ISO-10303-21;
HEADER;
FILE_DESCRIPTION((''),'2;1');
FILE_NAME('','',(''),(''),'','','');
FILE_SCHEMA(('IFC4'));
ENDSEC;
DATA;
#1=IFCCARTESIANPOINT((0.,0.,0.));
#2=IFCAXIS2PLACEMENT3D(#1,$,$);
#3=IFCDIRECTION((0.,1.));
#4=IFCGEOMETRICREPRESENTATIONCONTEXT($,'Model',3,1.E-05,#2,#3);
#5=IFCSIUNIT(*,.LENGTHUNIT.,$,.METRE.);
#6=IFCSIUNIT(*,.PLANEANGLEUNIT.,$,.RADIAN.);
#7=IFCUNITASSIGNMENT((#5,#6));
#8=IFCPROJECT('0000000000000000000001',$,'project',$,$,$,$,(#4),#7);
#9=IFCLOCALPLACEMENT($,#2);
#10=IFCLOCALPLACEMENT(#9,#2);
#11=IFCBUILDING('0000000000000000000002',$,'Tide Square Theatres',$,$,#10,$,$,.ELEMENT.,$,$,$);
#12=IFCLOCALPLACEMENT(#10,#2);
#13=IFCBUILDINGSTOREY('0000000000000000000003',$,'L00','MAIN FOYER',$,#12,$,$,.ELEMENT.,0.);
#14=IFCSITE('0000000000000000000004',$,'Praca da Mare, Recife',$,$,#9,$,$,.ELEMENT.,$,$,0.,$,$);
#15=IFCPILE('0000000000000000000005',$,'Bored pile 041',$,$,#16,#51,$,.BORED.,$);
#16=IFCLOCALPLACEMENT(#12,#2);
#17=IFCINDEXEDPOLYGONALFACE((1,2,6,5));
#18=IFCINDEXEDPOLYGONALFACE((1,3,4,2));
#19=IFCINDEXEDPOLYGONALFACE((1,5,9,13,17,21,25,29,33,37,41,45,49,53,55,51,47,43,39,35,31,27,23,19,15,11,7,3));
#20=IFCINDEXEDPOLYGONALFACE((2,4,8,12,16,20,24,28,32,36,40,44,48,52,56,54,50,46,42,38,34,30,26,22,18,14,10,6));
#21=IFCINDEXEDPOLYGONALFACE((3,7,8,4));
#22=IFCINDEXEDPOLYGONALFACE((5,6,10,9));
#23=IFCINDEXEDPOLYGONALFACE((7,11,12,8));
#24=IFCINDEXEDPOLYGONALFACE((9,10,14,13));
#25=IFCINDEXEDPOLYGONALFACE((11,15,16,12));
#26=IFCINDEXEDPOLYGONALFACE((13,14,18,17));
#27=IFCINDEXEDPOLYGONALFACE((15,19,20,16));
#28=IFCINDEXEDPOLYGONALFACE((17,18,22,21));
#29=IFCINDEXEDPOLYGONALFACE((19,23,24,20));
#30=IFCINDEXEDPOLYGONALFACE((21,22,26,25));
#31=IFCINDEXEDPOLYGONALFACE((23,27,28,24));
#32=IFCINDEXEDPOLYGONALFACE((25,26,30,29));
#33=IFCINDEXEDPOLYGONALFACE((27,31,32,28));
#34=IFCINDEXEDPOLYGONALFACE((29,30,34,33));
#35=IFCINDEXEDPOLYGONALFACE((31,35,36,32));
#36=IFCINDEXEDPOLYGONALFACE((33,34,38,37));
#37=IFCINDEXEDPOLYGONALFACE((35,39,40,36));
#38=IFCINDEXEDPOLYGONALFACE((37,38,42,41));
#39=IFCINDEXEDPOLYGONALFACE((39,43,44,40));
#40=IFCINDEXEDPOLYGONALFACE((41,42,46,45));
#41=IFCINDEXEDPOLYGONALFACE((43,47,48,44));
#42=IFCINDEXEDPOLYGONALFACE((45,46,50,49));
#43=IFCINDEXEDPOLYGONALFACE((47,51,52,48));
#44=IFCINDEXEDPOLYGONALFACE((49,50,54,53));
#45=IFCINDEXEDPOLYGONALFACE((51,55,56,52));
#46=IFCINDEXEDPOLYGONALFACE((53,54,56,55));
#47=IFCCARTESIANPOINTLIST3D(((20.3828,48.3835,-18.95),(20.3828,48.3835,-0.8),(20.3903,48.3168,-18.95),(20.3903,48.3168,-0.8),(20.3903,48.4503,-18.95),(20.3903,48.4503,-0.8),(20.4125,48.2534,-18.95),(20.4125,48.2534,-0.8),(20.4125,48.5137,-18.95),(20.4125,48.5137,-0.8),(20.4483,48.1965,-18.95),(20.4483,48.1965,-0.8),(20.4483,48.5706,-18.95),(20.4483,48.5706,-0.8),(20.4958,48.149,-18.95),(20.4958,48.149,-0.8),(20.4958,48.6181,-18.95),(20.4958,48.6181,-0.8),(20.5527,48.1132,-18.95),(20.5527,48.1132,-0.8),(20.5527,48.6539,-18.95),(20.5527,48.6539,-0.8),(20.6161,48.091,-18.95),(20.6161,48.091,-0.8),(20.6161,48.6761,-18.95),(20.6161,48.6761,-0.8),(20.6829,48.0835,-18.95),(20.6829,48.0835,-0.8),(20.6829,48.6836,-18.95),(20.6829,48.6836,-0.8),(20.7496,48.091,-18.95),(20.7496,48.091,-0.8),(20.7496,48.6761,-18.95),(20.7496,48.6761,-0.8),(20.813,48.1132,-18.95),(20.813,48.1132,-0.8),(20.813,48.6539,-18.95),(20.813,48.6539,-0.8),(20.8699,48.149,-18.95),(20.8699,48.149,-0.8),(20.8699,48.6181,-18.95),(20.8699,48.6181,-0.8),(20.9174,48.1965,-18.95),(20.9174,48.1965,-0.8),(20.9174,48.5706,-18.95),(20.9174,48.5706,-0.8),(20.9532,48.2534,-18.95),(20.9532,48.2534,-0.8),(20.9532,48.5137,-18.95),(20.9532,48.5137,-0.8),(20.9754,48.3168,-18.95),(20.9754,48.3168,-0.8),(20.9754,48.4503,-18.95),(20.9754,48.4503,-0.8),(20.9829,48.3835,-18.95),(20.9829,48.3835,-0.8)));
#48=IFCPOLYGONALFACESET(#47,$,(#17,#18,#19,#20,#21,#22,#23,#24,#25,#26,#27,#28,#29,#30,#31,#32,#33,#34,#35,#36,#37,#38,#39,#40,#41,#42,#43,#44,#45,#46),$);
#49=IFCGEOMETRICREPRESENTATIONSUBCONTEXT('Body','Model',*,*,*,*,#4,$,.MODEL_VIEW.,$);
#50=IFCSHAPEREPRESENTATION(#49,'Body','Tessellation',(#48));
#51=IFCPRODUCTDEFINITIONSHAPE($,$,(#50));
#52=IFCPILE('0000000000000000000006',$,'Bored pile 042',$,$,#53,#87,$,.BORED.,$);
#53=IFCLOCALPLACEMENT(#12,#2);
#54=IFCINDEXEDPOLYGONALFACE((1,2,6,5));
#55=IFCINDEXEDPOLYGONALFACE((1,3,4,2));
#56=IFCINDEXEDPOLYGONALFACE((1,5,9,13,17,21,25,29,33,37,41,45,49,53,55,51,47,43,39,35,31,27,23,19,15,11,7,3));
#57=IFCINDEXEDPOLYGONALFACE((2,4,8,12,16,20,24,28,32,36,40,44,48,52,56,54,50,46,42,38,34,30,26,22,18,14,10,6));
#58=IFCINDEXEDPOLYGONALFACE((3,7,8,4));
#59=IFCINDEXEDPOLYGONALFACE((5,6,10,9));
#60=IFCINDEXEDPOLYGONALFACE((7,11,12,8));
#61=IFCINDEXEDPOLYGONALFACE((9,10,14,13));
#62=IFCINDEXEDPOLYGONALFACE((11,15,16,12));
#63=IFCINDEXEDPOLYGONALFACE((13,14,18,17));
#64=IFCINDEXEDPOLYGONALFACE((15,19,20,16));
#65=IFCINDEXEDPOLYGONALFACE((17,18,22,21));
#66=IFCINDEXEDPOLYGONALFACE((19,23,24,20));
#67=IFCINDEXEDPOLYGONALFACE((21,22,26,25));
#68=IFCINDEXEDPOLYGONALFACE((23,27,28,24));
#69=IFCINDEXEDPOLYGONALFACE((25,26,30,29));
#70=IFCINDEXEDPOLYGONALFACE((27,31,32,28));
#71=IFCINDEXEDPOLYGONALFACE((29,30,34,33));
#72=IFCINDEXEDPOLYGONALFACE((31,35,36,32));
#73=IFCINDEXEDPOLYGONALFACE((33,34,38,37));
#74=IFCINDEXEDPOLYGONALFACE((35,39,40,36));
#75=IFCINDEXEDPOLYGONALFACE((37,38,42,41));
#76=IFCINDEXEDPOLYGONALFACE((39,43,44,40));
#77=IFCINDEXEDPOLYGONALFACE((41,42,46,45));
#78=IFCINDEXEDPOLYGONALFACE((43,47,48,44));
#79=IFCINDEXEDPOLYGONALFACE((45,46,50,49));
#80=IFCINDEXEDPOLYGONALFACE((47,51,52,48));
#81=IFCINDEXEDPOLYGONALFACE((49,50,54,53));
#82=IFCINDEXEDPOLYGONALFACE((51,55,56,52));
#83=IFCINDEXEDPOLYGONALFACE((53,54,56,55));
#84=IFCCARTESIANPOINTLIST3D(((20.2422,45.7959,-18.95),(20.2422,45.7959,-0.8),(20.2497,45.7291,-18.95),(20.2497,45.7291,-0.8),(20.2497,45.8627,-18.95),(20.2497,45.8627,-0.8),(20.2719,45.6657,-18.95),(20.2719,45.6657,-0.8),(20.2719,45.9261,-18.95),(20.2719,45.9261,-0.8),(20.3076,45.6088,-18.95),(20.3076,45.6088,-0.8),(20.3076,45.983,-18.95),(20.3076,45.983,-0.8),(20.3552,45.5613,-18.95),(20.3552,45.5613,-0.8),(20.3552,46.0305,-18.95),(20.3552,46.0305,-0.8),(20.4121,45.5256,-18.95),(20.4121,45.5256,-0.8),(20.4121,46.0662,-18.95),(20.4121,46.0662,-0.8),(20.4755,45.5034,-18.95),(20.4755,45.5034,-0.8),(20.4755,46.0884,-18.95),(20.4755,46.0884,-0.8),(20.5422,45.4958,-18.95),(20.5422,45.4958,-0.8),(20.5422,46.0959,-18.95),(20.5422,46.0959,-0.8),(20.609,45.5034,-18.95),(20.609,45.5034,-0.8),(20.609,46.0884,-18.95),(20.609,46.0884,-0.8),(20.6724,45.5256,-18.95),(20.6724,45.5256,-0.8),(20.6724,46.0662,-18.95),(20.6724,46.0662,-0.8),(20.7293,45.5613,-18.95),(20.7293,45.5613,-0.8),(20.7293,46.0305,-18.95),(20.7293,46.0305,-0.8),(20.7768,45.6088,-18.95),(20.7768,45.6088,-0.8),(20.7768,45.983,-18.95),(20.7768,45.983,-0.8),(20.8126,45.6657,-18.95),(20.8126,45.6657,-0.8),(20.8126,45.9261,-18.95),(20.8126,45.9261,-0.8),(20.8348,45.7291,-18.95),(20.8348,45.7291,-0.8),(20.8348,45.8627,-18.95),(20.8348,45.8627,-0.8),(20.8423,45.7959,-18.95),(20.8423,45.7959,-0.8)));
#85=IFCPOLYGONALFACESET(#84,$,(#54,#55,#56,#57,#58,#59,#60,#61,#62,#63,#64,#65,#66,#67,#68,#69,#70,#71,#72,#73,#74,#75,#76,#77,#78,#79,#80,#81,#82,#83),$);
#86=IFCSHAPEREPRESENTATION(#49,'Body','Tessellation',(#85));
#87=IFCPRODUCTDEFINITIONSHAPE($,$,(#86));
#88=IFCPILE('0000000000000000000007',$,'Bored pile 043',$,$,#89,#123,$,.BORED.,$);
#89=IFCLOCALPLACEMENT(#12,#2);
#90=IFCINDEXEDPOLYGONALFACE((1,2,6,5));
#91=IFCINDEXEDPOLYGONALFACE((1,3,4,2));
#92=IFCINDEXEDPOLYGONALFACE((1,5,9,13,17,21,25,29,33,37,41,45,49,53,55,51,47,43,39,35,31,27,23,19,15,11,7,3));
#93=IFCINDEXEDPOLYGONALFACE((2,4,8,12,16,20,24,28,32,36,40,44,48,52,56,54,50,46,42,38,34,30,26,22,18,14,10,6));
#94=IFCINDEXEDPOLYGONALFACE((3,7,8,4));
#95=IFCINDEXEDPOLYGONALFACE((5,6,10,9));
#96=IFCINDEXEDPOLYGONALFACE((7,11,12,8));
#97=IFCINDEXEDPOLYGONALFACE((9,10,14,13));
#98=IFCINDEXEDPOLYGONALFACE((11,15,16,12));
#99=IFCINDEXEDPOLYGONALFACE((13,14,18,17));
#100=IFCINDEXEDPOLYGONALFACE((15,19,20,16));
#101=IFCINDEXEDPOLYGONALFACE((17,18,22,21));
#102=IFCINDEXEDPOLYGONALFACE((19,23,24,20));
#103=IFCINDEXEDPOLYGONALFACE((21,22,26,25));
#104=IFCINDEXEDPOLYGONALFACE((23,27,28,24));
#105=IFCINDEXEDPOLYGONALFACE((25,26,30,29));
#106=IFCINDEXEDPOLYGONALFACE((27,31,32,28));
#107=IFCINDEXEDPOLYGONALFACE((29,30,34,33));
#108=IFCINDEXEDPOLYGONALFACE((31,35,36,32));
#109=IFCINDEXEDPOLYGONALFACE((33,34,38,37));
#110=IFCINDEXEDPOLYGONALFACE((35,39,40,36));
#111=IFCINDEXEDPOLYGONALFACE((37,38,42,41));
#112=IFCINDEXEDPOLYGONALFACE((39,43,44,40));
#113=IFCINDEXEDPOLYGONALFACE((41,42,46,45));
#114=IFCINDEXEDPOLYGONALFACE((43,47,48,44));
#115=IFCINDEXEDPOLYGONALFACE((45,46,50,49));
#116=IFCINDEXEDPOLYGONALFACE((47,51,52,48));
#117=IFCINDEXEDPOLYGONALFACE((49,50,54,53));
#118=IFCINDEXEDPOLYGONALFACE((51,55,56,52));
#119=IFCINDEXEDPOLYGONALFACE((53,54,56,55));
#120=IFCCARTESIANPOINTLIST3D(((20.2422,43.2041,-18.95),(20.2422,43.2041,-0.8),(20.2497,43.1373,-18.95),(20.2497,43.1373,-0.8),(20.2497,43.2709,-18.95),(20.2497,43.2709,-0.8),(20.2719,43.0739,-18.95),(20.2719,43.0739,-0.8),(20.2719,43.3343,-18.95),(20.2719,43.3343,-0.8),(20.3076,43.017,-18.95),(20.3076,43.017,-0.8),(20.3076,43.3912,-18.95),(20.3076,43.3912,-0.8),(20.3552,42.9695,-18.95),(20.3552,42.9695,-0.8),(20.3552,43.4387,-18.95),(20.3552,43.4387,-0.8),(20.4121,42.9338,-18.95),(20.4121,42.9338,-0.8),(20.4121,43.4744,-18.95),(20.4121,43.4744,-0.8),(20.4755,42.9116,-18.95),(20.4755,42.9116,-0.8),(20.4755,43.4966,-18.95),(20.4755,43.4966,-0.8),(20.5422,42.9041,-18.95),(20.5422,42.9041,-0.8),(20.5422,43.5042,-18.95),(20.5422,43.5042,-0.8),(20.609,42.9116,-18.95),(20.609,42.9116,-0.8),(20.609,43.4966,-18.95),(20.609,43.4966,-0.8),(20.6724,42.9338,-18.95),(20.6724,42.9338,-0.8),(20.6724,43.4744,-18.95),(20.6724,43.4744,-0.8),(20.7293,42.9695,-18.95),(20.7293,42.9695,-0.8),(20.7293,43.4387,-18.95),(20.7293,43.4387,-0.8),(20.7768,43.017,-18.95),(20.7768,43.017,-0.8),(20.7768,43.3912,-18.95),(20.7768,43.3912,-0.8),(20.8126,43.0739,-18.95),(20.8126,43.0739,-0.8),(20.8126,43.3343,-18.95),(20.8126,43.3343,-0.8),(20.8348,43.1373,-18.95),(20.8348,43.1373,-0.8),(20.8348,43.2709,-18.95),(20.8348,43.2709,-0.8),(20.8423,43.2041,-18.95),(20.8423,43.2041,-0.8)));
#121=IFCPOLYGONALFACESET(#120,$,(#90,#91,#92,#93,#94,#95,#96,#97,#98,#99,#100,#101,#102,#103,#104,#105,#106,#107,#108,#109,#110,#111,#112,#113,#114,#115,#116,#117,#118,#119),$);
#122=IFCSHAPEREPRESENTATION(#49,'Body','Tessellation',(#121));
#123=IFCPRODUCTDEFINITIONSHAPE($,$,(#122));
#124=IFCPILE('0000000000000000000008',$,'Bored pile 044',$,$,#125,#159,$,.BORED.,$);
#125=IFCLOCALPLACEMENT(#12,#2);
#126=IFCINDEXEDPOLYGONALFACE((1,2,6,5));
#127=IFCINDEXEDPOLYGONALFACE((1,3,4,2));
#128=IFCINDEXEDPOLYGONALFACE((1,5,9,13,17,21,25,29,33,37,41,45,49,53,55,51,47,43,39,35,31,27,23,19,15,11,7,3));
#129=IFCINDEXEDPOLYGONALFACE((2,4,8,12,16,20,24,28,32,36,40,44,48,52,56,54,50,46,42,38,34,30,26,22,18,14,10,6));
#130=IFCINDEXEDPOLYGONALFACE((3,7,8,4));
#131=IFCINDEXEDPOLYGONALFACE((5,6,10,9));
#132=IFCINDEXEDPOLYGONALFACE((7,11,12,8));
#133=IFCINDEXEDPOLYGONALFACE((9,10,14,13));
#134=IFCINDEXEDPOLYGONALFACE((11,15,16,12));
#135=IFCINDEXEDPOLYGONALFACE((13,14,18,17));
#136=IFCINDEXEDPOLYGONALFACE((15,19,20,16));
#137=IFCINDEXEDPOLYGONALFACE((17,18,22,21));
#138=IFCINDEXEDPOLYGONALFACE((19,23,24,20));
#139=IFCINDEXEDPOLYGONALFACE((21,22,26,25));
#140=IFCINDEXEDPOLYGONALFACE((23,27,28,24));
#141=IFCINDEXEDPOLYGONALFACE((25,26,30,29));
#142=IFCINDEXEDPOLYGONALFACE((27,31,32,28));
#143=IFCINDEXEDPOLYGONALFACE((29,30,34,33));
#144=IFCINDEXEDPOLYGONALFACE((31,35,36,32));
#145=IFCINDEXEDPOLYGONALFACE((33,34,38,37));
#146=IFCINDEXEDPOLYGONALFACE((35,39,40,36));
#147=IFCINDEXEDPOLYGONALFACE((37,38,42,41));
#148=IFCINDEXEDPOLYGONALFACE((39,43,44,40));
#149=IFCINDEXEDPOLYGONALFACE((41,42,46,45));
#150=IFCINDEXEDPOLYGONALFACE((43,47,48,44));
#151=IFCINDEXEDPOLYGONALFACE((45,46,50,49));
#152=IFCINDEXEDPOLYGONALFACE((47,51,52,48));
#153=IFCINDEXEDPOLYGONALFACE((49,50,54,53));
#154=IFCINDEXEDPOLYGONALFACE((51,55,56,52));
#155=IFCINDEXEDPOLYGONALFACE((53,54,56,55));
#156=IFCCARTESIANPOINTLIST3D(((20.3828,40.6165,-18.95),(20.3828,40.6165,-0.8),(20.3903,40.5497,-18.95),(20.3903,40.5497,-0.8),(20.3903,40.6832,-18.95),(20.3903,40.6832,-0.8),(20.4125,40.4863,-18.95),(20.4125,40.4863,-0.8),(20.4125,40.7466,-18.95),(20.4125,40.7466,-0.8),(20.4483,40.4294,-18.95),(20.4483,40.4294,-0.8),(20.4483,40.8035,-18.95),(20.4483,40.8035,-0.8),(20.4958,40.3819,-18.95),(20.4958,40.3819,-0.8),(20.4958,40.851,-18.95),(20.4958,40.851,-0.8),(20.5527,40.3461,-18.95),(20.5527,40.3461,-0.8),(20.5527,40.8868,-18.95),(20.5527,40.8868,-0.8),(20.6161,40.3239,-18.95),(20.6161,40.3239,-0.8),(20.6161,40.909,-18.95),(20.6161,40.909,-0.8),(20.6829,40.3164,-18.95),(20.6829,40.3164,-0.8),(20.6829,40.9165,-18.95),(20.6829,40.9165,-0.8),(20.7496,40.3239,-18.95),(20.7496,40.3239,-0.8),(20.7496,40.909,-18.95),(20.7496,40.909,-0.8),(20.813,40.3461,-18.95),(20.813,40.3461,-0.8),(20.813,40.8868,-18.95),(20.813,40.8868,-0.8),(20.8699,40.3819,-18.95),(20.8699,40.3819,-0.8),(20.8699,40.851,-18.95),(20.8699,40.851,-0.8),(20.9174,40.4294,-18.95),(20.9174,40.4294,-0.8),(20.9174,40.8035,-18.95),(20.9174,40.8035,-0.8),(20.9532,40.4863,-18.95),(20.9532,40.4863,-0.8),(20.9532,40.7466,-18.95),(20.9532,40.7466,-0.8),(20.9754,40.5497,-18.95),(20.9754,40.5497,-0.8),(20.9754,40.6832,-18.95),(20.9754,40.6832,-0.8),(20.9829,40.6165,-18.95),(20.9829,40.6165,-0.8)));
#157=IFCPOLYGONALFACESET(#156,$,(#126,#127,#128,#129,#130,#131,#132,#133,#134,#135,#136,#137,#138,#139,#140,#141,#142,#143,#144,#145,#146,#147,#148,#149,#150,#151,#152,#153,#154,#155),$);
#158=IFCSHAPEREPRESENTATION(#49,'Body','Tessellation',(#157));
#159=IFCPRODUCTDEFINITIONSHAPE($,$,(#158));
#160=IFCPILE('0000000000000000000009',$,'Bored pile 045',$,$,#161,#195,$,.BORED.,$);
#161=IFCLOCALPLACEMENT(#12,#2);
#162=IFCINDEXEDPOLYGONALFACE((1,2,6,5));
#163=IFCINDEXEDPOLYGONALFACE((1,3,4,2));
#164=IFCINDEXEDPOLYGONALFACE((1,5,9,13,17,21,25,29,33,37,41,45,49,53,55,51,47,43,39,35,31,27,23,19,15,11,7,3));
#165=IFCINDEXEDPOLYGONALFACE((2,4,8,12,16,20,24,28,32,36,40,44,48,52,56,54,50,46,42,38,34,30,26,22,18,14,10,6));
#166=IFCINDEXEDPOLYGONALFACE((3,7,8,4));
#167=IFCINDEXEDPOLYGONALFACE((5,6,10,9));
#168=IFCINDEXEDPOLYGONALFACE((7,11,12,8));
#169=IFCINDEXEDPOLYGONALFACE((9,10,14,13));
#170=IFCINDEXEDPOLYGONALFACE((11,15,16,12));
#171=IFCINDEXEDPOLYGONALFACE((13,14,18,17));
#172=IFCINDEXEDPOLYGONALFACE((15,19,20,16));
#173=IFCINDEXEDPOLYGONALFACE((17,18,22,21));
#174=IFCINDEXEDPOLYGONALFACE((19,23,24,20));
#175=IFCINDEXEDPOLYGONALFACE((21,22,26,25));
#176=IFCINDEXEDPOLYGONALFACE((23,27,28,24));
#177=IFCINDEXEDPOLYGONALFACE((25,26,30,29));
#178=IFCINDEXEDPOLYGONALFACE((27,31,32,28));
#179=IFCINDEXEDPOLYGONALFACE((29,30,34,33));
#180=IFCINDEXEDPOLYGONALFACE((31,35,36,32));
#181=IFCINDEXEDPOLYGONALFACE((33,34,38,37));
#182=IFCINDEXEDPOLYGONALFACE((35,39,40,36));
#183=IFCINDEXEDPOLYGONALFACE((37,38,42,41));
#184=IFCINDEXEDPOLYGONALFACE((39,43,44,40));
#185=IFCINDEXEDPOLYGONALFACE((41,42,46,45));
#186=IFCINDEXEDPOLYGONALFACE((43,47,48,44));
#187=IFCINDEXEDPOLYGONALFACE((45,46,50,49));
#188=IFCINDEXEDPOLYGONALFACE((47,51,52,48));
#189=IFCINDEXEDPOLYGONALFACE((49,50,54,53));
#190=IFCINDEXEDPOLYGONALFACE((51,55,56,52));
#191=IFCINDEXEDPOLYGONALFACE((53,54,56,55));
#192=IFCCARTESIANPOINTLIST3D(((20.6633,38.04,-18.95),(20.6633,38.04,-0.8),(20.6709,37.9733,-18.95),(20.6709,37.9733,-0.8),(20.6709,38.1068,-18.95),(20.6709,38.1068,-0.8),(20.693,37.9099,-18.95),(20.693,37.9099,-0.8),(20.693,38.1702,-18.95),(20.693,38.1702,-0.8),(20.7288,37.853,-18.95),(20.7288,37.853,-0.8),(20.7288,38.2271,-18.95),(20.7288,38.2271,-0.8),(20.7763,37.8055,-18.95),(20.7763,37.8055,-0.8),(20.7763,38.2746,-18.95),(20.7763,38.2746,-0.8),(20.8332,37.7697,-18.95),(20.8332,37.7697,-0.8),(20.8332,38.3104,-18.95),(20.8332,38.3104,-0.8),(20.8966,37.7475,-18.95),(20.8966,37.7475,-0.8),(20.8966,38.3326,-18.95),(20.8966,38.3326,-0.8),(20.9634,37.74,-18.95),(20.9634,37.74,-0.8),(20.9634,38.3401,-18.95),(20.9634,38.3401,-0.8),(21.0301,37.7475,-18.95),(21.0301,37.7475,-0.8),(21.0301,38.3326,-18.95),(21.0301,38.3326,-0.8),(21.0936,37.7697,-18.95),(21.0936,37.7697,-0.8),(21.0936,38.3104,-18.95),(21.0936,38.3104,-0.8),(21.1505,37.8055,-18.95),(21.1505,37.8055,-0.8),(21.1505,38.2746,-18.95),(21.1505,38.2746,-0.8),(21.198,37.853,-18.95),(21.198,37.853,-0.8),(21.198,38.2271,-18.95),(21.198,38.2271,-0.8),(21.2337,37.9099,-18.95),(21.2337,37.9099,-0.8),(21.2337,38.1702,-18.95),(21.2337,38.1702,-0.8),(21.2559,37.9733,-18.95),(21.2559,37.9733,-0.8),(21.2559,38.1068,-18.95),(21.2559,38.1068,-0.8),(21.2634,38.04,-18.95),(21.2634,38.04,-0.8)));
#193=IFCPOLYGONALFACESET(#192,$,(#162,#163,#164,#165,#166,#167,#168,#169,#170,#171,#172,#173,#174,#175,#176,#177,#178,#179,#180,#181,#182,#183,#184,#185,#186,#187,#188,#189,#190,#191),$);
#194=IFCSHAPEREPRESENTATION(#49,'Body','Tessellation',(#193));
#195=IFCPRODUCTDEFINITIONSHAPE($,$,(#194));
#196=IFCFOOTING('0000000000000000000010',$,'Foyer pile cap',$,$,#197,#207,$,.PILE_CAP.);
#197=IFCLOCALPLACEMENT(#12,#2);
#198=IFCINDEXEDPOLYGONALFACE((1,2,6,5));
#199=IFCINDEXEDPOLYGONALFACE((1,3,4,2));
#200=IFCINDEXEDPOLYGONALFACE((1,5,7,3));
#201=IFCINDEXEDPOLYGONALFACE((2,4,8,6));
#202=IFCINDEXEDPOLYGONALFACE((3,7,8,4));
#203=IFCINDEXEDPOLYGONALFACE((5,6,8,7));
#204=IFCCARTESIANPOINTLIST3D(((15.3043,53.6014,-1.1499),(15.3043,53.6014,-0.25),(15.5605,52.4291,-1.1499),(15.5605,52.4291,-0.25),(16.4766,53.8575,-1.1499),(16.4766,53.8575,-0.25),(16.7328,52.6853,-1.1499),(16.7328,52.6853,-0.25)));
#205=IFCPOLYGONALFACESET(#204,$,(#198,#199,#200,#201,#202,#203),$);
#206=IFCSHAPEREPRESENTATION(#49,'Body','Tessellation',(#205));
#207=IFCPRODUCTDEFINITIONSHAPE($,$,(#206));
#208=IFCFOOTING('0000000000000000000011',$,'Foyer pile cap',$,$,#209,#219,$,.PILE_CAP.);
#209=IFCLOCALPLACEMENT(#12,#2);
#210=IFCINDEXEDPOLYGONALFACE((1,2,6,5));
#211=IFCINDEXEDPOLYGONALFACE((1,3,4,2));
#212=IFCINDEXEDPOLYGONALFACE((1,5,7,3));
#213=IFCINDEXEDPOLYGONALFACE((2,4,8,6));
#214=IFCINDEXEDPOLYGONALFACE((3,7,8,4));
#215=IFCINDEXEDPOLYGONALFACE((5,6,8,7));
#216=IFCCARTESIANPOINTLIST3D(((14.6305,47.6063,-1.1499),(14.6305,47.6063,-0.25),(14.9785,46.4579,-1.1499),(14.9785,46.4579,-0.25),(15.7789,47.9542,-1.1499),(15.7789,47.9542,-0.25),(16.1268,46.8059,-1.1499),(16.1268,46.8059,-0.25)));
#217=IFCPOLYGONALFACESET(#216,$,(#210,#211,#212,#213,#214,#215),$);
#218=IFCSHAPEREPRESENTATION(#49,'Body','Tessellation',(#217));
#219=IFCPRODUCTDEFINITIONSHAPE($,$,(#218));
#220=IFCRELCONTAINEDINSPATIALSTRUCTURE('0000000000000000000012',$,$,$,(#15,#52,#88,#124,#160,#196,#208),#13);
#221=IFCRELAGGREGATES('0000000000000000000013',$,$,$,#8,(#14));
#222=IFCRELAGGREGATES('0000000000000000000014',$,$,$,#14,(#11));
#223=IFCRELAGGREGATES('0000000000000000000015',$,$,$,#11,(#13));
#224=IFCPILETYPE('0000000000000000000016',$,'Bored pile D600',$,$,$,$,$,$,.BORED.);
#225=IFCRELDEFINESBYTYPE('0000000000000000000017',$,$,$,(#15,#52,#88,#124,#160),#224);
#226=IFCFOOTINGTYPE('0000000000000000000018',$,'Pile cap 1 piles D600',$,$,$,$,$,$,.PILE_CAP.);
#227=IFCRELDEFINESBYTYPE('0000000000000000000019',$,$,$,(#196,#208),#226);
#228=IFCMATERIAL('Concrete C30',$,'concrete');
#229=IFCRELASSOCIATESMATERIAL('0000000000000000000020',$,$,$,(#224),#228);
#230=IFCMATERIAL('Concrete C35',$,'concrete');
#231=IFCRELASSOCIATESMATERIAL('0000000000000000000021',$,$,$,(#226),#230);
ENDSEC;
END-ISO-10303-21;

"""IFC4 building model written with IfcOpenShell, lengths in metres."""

from ifc_helpers import new_model, si_unit, direction, frame, origin, origin_2d, place, context, subcontext, project, spatial, rectangle, circle, extrude, material, material_profile, profile_set, type_object, element, save


model = new_model("IFC4")

# Units and contexts
model_context = context("Model", 3, precision=1e-05, world=origin(), true_north=direction((0.0, 1.0)))
body_context = subcontext(model_context, "Body", "Model", "MODEL_VIEW")
ifc_project = project(units=[si_unit("LENGTHUNIT", "METRE"), si_unit("PLANEANGLEUNIT", "RADIAN")], contexts=[model_context])

# Site, building, storey
site_placement = place(None, origin())
site = spatial("IfcSite", under=ifc_project, at=site_placement, Name="Praca da Mare, Recife", CompositionType="ELEMENT", RefElevation=0.0)
building_placement = place(site_placement, origin())
building = spatial("IfcBuilding", under=site, at=building_placement, Name="Tide Square Theatres", CompositionType="ELEMENT")
storey_placement = place(building_placement, origin())
storey = spatial("IfcBuildingStorey", under=building, at=storey_placement, Name="L00", Description="MAIN FOYER", CompositionType="ELEMENT", Elevation=0.0)

# Piles
ifc_material_1 = material(Name="Concrete C30", Category="concrete")
ifc_material_profile_1 = material_profile(ifc_material_1, circle(Radius=0.3, at=origin_2d()))
ifc_profile_set_1 = profile_set([ifc_material_profile_1], Name="Concrete C30")
pile_type = type_object("IfcPileType", Name="Bored pile D600", PredefinedType="BORED", material=ifc_profile_set_1)
for number, where, z_axis, x_axis, name in (
    (1, (20.6829, 48.3835, -0.8), (0.0, 0.0, -1.0), (1.0, 0.0, 0.0), "Bored pile 041"),
    (2, (20.5422, 45.7959, -0.8), (0.0, 0.0, -1.0), (1.0, 0.0, 0.0), "Bored pile 042"),
    (3, (20.5422, 43.2041, -0.8), (0.0, 0.0, -1.0), (1.0, 0.0, 0.0), "Bored pile 043"),
    (4, (20.6829, 40.6165, -0.8), (0.0, 0.0, -1.0), (1.0, 0.0, 0.0), "Bored pile 044"),
    (5, (20.9634, 38.04, -0.8), (0.0, 0.0, -1.0), (1.0, 0.0, 0.0), "Bored pile 045"),
):
    element("IfcPile", number, at=place(storey_placement, frame(where, z_axis=z_axis, x_axis=x_axis)), inside=storey, type_object=pile_type, Name=name, PredefinedType="BORED", context=body_context, shape_type="SweptSolid", body=[
        extrude(circle(Radius=0.3, at=origin_2d()), origin(), (0.0, 0.0, 1.0), 18.1499),
    ])

# Footings
ifc_material_2 = material(Name="Concrete C35", Category="concrete")
footing_type = type_object("IfcFootingType", Name="Pile cap 1 piles D600", PredefinedType="PILE_CAP", material=ifc_material_2)
for number, where, z_axis, x_axis, name in (
    (6, (16.0186, 53.1433, -1.1499), (0.0, 0.0, 1.0), (0.213503, -0.976942, 0.0), "Foyer pile cap"),
    (7, (15.3787, 47.2061, -1.1499), (0.0, 0.0, 1.0), (0.290002, -0.957026, 0.0), "Foyer pile cap"),
):
    element("IfcFooting", number, at=place(storey_placement, frame(where, z_axis=z_axis, x_axis=x_axis)), inside=storey, type_object=footing_type, Name=name, PredefinedType="PILE_CAP", context=body_context, shape_type="SweptSolid", body=[
        extrude(rectangle(XDim=1.2, YDim=1.2, at=origin_2d()), origin(), (0.0, 0.0, 1.0), 0.8999),
    ])

save(model, "model.ifc")
